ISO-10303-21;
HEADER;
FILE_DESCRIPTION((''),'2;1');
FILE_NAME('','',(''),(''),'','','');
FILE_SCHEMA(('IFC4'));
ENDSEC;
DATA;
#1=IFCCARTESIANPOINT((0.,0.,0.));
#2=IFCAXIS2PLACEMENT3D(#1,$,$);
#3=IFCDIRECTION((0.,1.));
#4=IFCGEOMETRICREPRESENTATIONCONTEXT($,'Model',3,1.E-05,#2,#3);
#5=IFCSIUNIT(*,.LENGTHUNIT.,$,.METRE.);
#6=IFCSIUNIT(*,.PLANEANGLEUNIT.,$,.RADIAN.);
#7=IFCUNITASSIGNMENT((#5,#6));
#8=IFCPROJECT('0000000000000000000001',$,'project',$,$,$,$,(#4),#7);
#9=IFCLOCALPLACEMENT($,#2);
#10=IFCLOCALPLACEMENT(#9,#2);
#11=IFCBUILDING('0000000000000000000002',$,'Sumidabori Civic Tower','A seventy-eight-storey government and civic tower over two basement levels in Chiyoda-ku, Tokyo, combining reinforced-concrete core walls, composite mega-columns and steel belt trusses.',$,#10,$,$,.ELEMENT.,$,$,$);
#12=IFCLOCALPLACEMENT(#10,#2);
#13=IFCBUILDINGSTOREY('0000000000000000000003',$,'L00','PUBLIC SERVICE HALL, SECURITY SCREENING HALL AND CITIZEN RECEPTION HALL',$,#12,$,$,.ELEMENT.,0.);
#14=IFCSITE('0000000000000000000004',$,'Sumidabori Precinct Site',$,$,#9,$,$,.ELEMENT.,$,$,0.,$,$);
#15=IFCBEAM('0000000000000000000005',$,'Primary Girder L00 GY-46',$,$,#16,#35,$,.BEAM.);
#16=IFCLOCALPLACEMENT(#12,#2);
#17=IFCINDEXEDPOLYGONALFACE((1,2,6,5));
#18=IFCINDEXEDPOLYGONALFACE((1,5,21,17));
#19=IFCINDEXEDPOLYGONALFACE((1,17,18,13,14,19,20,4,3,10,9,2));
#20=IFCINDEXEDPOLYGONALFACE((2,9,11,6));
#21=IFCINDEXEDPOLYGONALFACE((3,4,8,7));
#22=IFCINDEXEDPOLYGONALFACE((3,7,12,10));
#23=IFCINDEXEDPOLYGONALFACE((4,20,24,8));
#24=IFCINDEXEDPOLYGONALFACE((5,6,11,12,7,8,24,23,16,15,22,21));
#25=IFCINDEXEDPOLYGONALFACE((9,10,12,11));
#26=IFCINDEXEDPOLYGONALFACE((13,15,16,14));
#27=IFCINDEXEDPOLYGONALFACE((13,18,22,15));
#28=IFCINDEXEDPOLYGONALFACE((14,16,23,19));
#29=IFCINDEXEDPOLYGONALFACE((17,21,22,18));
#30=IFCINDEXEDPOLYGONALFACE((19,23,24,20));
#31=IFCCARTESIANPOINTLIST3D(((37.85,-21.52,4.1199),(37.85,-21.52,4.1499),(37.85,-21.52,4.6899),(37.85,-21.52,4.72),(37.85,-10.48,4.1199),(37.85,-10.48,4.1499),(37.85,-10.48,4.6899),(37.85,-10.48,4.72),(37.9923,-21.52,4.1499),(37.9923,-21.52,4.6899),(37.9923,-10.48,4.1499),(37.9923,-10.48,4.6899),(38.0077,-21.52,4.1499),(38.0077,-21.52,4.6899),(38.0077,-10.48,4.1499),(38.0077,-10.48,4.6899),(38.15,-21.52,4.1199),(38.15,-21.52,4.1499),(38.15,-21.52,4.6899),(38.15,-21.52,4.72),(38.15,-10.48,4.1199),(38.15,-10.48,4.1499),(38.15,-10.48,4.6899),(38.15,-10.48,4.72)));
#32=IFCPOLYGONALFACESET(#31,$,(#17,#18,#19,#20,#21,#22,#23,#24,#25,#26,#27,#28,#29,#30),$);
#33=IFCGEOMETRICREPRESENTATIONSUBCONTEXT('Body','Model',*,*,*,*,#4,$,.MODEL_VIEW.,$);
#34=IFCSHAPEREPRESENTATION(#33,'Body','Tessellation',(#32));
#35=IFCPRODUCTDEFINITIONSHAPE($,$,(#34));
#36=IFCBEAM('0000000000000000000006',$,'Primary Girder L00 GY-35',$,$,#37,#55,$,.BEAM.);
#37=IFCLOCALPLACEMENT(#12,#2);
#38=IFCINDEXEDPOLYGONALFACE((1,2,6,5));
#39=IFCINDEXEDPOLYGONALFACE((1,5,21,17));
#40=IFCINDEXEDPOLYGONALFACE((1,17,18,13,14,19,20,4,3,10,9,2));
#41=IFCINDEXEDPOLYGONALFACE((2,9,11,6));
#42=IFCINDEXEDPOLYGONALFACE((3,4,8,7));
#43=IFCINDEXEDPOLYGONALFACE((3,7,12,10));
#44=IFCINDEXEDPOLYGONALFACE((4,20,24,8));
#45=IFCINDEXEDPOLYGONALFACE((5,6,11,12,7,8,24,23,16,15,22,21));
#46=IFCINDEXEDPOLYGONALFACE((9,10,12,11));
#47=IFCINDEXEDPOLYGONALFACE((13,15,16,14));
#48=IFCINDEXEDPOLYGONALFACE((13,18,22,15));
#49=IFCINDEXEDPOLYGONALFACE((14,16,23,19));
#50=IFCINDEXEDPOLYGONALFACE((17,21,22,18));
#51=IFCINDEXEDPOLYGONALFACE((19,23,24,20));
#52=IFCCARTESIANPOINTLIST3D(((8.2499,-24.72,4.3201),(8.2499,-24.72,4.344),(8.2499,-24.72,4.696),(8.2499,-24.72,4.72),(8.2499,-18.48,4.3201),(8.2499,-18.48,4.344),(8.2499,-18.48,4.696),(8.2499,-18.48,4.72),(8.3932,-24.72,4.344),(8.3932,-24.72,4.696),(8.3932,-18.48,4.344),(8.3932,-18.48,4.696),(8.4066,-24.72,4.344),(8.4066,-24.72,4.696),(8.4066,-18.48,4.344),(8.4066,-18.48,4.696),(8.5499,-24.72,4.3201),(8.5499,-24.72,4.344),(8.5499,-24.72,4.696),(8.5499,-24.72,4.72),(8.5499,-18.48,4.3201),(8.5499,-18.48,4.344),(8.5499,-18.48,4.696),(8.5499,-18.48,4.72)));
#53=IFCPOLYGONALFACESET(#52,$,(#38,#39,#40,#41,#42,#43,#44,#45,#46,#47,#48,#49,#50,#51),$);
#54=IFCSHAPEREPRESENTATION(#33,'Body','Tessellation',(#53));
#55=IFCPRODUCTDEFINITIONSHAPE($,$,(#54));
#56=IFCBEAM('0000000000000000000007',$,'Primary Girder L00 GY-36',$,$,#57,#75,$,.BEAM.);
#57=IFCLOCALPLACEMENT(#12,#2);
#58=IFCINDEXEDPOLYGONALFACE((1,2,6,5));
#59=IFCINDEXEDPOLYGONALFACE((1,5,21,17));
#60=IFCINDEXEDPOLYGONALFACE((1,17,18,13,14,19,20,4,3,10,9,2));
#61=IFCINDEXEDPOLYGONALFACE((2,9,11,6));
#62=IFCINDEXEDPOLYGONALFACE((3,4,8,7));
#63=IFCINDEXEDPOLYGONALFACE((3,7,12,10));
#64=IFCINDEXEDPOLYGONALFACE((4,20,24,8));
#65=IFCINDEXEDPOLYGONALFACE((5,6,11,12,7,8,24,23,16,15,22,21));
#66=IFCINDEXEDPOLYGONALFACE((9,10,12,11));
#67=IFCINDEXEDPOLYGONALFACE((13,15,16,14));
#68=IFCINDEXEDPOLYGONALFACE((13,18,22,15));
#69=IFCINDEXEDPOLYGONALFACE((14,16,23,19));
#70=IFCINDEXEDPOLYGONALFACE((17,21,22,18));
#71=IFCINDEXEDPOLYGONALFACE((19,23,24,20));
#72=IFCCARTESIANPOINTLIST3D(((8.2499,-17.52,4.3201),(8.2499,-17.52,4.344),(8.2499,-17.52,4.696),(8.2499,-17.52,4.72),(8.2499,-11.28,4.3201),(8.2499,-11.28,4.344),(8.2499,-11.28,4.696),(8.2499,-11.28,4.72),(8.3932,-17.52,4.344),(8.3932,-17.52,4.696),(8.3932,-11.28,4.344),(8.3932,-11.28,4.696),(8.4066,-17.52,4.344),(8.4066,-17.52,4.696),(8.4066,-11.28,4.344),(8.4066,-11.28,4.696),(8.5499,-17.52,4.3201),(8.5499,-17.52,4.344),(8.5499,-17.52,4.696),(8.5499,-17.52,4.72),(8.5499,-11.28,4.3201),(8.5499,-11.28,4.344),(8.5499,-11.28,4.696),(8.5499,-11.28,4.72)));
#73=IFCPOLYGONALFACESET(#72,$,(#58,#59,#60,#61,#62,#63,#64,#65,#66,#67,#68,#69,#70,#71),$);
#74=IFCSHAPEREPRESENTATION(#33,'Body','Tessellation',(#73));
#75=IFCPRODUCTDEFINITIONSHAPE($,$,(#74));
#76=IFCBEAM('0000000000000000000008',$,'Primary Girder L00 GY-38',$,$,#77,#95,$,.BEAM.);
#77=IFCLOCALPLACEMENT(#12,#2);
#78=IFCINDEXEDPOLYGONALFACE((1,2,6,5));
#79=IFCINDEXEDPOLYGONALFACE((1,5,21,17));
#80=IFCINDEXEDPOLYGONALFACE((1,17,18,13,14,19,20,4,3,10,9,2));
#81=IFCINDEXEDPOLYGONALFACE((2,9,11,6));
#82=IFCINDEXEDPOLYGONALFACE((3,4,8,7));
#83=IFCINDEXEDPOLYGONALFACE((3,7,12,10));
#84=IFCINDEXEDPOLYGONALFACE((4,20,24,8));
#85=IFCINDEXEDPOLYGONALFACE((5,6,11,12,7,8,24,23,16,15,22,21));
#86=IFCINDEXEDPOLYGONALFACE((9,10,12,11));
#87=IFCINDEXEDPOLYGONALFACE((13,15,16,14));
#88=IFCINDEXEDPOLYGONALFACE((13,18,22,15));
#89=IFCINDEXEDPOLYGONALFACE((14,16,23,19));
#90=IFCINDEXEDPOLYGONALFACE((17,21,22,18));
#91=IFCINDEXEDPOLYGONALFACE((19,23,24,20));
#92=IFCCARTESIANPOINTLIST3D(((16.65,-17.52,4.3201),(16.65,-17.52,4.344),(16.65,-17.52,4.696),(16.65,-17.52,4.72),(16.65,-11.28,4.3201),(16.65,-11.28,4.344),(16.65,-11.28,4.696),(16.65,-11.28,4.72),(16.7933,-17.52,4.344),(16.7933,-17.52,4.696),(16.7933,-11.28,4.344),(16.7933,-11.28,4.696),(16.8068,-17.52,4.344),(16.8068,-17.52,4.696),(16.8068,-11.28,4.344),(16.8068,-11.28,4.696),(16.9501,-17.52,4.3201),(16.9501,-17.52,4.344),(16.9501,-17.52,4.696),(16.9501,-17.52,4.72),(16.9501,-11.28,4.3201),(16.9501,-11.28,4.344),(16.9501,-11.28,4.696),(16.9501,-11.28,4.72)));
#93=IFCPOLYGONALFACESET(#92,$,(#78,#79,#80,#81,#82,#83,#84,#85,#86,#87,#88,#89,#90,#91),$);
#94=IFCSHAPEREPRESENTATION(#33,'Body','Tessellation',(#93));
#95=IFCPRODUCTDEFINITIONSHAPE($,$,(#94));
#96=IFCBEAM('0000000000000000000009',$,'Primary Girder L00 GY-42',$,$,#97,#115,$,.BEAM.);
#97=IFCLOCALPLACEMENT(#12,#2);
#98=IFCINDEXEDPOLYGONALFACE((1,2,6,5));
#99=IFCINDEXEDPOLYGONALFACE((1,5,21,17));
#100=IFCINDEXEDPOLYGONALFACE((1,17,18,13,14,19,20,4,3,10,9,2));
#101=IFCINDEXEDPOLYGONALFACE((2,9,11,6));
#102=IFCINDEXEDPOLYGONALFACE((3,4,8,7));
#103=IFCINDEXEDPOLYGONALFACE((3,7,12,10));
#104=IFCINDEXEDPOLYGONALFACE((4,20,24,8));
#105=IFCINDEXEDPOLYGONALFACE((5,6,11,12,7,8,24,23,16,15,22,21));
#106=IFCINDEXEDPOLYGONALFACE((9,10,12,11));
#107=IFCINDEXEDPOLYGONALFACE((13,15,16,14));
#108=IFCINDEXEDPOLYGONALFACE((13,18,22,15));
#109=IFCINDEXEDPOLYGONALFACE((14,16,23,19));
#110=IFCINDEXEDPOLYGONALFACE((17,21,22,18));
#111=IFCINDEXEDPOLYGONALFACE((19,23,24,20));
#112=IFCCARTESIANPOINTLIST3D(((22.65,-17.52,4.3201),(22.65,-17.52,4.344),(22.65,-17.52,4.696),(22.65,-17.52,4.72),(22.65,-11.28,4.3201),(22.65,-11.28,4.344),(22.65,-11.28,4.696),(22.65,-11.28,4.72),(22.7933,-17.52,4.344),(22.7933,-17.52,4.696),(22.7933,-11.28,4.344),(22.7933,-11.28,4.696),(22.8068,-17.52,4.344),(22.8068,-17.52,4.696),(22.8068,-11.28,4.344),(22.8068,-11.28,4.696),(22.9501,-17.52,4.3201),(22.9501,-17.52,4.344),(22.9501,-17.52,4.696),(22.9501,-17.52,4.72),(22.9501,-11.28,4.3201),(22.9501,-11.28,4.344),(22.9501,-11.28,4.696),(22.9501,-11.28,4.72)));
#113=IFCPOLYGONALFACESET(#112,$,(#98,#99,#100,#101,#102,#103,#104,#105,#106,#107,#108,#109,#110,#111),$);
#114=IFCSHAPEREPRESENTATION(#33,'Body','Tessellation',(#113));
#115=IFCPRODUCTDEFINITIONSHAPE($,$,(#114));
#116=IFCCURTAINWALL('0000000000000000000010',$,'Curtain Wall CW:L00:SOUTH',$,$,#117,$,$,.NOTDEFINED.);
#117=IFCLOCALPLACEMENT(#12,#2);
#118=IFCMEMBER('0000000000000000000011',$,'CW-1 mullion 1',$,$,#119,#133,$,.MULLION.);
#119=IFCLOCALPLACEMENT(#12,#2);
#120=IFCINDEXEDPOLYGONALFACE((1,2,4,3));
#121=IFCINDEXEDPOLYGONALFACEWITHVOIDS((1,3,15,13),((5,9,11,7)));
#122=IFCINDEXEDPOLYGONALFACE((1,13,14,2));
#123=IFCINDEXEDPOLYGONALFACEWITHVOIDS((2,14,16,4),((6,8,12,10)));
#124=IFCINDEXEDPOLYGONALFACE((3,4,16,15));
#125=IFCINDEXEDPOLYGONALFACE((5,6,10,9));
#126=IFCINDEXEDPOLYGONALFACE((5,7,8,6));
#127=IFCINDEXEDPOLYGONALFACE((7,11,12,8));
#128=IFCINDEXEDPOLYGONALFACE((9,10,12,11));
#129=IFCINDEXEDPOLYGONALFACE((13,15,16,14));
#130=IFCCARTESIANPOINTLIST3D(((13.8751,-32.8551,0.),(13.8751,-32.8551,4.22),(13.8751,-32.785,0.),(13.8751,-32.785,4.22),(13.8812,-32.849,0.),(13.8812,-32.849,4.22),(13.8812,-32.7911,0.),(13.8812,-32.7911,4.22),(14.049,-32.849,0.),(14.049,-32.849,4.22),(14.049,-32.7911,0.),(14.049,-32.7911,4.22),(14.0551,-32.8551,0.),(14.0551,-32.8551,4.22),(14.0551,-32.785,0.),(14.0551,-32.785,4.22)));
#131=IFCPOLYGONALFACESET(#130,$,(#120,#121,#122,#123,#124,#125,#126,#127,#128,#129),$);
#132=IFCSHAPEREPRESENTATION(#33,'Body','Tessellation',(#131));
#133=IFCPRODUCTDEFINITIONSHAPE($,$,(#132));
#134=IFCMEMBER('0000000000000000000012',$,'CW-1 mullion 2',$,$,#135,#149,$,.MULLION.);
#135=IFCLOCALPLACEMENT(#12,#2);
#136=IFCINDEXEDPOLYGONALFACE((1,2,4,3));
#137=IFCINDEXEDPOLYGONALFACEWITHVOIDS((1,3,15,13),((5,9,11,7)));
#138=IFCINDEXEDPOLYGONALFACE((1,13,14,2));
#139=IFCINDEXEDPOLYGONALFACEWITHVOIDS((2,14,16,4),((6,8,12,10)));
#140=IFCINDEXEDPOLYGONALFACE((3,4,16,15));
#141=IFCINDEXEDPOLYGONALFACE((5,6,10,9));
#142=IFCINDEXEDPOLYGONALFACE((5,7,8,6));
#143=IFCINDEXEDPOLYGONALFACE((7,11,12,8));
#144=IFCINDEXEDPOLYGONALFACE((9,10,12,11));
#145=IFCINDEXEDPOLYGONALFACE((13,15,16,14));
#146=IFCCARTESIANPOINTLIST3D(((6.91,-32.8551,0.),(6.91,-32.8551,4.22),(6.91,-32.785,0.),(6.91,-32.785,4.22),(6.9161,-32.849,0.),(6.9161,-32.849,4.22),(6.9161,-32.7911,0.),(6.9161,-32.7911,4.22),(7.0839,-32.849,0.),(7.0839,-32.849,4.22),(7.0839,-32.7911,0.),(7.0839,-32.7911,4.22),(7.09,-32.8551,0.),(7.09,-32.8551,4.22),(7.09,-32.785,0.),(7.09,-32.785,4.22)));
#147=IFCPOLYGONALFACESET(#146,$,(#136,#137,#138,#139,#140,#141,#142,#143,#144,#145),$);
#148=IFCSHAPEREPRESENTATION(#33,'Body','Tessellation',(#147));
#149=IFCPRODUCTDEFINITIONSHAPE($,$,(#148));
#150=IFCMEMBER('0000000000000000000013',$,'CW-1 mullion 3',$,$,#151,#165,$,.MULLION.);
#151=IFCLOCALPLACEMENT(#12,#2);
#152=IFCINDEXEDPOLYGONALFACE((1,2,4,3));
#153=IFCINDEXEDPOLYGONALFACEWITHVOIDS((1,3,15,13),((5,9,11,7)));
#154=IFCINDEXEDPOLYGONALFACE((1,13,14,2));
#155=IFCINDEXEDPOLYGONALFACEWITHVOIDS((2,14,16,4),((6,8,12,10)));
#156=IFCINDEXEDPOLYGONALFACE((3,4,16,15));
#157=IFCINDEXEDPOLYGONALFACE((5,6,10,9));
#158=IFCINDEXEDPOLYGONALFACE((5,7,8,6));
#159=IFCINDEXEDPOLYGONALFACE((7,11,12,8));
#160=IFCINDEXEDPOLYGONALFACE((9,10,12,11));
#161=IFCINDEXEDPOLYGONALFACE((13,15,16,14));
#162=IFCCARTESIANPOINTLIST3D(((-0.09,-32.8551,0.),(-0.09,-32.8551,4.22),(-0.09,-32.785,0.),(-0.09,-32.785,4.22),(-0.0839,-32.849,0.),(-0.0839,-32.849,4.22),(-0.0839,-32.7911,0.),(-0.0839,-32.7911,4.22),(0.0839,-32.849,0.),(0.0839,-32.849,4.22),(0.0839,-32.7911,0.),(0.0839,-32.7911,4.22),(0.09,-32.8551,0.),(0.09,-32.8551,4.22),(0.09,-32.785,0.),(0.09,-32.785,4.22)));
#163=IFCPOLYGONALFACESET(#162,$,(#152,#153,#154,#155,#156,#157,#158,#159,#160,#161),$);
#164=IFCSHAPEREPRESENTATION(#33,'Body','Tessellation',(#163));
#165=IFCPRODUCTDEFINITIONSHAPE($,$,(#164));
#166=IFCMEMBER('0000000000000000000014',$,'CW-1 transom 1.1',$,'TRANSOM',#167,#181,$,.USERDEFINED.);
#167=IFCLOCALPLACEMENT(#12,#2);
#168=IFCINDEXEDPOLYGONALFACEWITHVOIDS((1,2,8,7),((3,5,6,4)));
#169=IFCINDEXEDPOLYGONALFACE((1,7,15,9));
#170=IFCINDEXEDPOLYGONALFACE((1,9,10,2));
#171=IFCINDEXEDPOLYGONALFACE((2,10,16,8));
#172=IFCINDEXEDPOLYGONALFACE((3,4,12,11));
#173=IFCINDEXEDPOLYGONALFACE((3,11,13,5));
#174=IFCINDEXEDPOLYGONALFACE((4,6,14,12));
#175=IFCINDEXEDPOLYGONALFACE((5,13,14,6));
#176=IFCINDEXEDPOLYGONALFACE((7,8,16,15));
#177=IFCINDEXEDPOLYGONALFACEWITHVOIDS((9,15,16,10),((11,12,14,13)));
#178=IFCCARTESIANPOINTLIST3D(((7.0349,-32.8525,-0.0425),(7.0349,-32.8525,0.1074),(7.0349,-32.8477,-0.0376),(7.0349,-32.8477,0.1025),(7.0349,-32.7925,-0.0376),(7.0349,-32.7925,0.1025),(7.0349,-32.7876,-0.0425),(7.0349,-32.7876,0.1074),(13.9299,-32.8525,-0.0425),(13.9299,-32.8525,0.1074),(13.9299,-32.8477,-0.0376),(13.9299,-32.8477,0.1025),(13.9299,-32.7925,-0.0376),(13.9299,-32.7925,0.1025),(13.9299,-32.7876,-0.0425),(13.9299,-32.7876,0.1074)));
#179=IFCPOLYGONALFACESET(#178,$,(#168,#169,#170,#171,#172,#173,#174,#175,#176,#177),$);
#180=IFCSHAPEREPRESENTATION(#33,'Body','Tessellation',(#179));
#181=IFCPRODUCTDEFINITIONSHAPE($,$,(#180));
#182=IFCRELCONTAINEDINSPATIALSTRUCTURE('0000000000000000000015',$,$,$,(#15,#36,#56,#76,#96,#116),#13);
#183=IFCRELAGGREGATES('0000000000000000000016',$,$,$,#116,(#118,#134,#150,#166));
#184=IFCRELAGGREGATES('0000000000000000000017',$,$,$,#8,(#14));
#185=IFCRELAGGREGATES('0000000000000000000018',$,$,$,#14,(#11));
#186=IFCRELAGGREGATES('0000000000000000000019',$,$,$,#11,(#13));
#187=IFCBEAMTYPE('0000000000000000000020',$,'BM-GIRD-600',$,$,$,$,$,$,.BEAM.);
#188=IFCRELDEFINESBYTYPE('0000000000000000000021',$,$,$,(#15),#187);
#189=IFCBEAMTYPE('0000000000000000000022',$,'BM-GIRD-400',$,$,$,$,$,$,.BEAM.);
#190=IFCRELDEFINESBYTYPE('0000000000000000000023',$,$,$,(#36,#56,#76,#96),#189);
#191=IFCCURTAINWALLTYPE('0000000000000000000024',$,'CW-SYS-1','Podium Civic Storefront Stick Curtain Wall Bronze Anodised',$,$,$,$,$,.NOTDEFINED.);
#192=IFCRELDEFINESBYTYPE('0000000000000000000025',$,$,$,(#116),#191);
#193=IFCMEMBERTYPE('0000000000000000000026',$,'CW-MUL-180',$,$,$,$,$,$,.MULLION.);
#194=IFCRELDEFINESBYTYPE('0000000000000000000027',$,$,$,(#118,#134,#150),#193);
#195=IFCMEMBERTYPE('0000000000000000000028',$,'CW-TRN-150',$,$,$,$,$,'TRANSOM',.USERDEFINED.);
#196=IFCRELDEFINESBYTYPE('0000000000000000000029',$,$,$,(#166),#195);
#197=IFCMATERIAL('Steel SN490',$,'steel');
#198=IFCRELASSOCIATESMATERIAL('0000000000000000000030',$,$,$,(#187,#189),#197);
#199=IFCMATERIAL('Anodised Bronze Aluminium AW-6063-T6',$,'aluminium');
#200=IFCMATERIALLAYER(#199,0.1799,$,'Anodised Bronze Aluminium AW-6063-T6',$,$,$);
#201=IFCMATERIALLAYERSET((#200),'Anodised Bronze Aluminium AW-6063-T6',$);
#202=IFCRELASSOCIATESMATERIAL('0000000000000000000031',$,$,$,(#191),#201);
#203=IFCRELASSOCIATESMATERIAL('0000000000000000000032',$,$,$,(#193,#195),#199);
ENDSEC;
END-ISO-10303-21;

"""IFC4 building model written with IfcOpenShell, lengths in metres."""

from ifc_helpers import new_model, si_unit, direction, frame, origin, origin_2d, place, context, subcontext, project, spatial, hollow_rectangle, i_section, extrude, source, transform, mapped, material, layer, layer_set, material_profile, profile_set, type_object, element, aggregate, save


model = new_model("IFC4")

# Units and contexts
model_context = context("Model", 3, precision=1e-05, world=origin(), true_north=direction((0.0, 1.0)))
body_context = subcontext(model_context, "Body", "Model", "MODEL_VIEW")
ifc_project = project(units=[si_unit("LENGTHUNIT", "METRE"), si_unit("PLANEANGLEUNIT", "RADIAN")], contexts=[model_context])

# Site, building, storey
site_placement = place(None, origin())
site = spatial("IfcSite", under=ifc_project, at=site_placement, Name="Sumidabori Precinct Site", CompositionType="ELEMENT", RefElevation=0.0)
building_placement = place(site_placement, origin())
building = spatial("IfcBuilding", under=site, at=building_placement, Name="Sumidabori Civic Tower", Description="A seventy-eight-storey government and civic tower over two basement levels in Chiyoda-ku, Tokyo, combining reinforced-concrete core walls, composite mega-columns and steel belt trusses.", CompositionType="ELEMENT")
storey_placement = place(building_placement, origin())
storey = spatial("IfcBuildingStorey", under=building, at=storey_placement, Name="L00", Description="PUBLIC SERVICE HALL, SECURITY SCREENING HALL AND CITIZEN RECEPTION HALL", CompositionType="ELEMENT", Elevation=0.0)

# Beams
ifc_material_1 = material(Name="Steel SN490", Category="steel")
ifc_material_profile_1 = material_profile(ifc_material_1, i_section(OverallWidth=0.3, OverallDepth=0.6001, WebThickness=0.0154, FlangeThickness=0.03, at=origin_2d()), Name="HE 600 B")
ifc_profile_set_1 = profile_set([ifc_material_profile_1], Name="Steel SN490")
beam_type_1 = type_object("IfcBeamType", Name="BM-GIRD-600", PredefinedType="BEAM", material=ifc_profile_set_1)
shared_shape_1 = source(origin(), body_context, "Body", "SweptSolid", [
    extrude(i_section(OverallWidth=0.3, OverallDepth=0.6001, WebThickness=0.0154, FlangeThickness=0.03, at=origin_2d()), origin(), (0.0, 0.0, 1.0), 11.04),
])
beam_1_placement = place(storey_placement, frame((38.0, -21.52, 4.4199), z_axis=(0.0, 1.0, 0.0), x_axis=(-1.0, 0.0, 0.0)))
element("IfcBeam", 1, at=beam_1_placement, inside=storey, type_object=beam_type_1, Name="Primary Girder L00 GY-46", PredefinedType="BEAM", context=body_context, shape_type="MappedRepresentation", body=[
    mapped(shared_shape_1, transform((0.0, 0.0, 0.0), x_axis=(1.0, 0.0, 0.0), y_axis=(0.0, 1.0, 0.0), z_axis=(0.0, 0.0, 1.0), scale=1.0)),
])
ifc_material_profile_2 = material_profile(ifc_material_1, i_section(OverallWidth=0.3, OverallDepth=0.3999, WebThickness=0.0134, FlangeThickness=0.0239, at=origin_2d()), Name="HE 400 B")
ifc_profile_set_2 = profile_set([ifc_material_profile_2], Name="Steel SN490")
beam_type_2 = type_object("IfcBeamType", Name="BM-GIRD-400", PredefinedType="BEAM", material=ifc_profile_set_2)
shared_shape_2 = source(origin(), body_context, "Body", "SweptSolid", [
    extrude(i_section(OverallWidth=0.3, OverallDepth=0.3999, WebThickness=0.0134, FlangeThickness=0.0239, at=origin_2d()), origin(), (0.0, 0.0, 1.0), 6.24),
])
for number, where, z_axis, x_axis, name in (
    (2, (8.3999, -24.72, 4.52), (0.0, 1.0, 0.0), (-1.0, 0.0, 0.0), "Primary Girder L00 GY-35"),
    (3, (8.3999, -17.52, 4.52), (0.0, 1.0, 0.0), (-1.0, 0.0, 0.0), "Primary Girder L00 GY-36"),
    (4, (16.8, -17.52, 4.52), (0.0, 1.0, 0.0), (-1.0, 0.0, 0.0), "Primary Girder L00 GY-38"),
    (5, (22.8, -17.52, 4.52), (0.0, 1.0, 0.0), (-1.0, 0.0, 0.0), "Primary Girder L00 GY-42"),
):
    element("IfcBeam", number, at=place(storey_placement, frame(where, z_axis=z_axis, x_axis=x_axis)), inside=storey, type_object=beam_type_2, Name=name, PredefinedType="BEAM", context=body_context, shape_type="MappedRepresentation", body=[
        mapped(shared_shape_2, transform((0.0, 0.0, 0.0), x_axis=(1.0, 0.0, 0.0), y_axis=(0.0, 1.0, 0.0), z_axis=(0.0, 0.0, 1.0), scale=1.0)),
    ])

# Curtain wall, members
ifc_material_2 = material(Name="Anodised Bronze Aluminium AW-6063-T6", Category="aluminium")
ifc_layer_1 = layer(ifc_material_2, 0.1799, Name="Anodised Bronze Aluminium AW-6063-T6")
ifc_layer_set_1 = layer_set([ifc_layer_1], Name="Anodised Bronze Aluminium AW-6063-T6")
curtain_wall_type = type_object("IfcCurtainWallType", Name="CW-SYS-1", Description="Podium Civic Storefront Stick Curtain Wall Bronze Anodised", PredefinedType="NOTDEFINED", material=ifc_layer_set_1)
curtain_wall_placement = place(storey_placement, origin())
curtain_wall = element("IfcCurtainWall", 6, at=curtain_wall_placement, inside=storey, type_object=curtain_wall_type, Name="Curtain Wall CW:L00:SOUTH", PredefinedType="NOTDEFINED")
ifc_material_profile_3 = material_profile(ifc_material_2, hollow_rectangle(XDim=0.0701, YDim=0.1799, WallThickness=0.0061, at=origin_2d()), Name="ALU MULLION 180x70")
ifc_profile_set_3 = profile_set([ifc_material_profile_3], Name="Anodised Bronze Aluminium AW-6063-T6")
member_type_1 = type_object("IfcMemberType", Name="CW-MUL-180", PredefinedType="MULLION", material=ifc_profile_set_3)
shared_shape_3 = source(origin(), body_context, "Body", "SweptSolid", [
    extrude(hollow_rectangle(XDim=0.0701, YDim=0.1799, WallThickness=0.0061, at=origin_2d()), origin(), (0.0, 0.0, 1.0), 4.22),
])
member_1_placement = place(storey_placement, frame((13.9651, -32.8201, 0.0), z_axis=(0.0, 0.0, 1.0), x_axis=(0.0, -1.0, 0.0)))
member_1 = element("IfcMember", 7, at=member_1_placement, type_object=member_type_1, Name="CW-1 mullion 1", PredefinedType="MULLION", context=body_context, shape_type="MappedRepresentation", body=[
    mapped(shared_shape_3, transform((0.0, 0.0, 0.0), x_axis=(1.0, 0.0, 0.0), y_axis=(0.0, 1.0, 0.0), z_axis=(0.0, 0.0, 1.0), scale=1.0)),
])
member_2_placement = place(storey_placement, frame((7.0, -32.8201, 0.0), z_axis=(0.0, 0.0, 1.0), x_axis=(0.0, -1.0, 0.0)))
member_2 = element("IfcMember", 8, at=member_2_placement, type_object=member_type_1, Name="CW-1 mullion 2", PredefinedType="MULLION", context=body_context, shape_type="MappedRepresentation", body=[
    mapped(shared_shape_3, transform((0.0, 0.0, 0.0), x_axis=(1.0, 0.0, 0.0), y_axis=(0.0, 1.0, 0.0), z_axis=(0.0, 0.0, 1.0), scale=1.0)),
])
member_3_placement = place(storey_placement, frame((0.0, -32.8201, 0.0), z_axis=(0.0, 0.0, 1.0), x_axis=(0.0, -1.0, 0.0)))
member_3 = element("IfcMember", 9, at=member_3_placement, type_object=member_type_1, Name="CW-1 mullion 3", PredefinedType="MULLION", context=body_context, shape_type="MappedRepresentation", body=[
    mapped(shared_shape_3, transform((0.0, 0.0, 0.0), x_axis=(1.0, 0.0, 0.0), y_axis=(0.0, 1.0, 0.0), z_axis=(0.0, 0.0, 1.0), scale=1.0)),
])
ifc_material_profile_4 = material_profile(ifc_material_2, hollow_rectangle(XDim=0.0649, YDim=0.1499, WallThickness=0.0049, at=origin_2d()), Name="ALU TRANSOM 150x65")
ifc_profile_set_4 = profile_set([ifc_material_profile_4], Name="Anodised Bronze Aluminium AW-6063-T6")
member_type_2 = type_object("IfcMemberType", Name="CW-TRN-150", ElementType="TRANSOM", PredefinedType="USERDEFINED", material=ifc_profile_set_4)
shared_shape_4 = source(origin(), body_context, "Body", "SweptSolid", [
    extrude(hollow_rectangle(XDim=0.0649, YDim=0.1499, WallThickness=0.0049, at=origin_2d()), origin(), (0.0, 0.0, 1.0), 6.895),
])
member_4_placement = place(storey_placement, frame((13.9299, -32.8201, 0.0325), z_axis=(-1.0, 0.0, 0.0), x_axis=(0.0, -1.0, 0.0)))
member_4 = element("IfcMember", 10, at=member_4_placement, type_object=member_type_2, Name="CW-1 transom 1.1", ObjectType="TRANSOM", PredefinedType="USERDEFINED", context=body_context, shape_type="MappedRepresentation", body=[
    mapped(shared_shape_4, transform((0.0, 0.0, 0.0), x_axis=(1.0, 0.0, 0.0), y_axis=(0.0, 1.0, 0.0), z_axis=(0.0, 0.0, 1.0), scale=1.0)),
])
aggregate(curtain_wall, [member_1, member_2, member_3, member_4])

save(model, "model.ifc")
